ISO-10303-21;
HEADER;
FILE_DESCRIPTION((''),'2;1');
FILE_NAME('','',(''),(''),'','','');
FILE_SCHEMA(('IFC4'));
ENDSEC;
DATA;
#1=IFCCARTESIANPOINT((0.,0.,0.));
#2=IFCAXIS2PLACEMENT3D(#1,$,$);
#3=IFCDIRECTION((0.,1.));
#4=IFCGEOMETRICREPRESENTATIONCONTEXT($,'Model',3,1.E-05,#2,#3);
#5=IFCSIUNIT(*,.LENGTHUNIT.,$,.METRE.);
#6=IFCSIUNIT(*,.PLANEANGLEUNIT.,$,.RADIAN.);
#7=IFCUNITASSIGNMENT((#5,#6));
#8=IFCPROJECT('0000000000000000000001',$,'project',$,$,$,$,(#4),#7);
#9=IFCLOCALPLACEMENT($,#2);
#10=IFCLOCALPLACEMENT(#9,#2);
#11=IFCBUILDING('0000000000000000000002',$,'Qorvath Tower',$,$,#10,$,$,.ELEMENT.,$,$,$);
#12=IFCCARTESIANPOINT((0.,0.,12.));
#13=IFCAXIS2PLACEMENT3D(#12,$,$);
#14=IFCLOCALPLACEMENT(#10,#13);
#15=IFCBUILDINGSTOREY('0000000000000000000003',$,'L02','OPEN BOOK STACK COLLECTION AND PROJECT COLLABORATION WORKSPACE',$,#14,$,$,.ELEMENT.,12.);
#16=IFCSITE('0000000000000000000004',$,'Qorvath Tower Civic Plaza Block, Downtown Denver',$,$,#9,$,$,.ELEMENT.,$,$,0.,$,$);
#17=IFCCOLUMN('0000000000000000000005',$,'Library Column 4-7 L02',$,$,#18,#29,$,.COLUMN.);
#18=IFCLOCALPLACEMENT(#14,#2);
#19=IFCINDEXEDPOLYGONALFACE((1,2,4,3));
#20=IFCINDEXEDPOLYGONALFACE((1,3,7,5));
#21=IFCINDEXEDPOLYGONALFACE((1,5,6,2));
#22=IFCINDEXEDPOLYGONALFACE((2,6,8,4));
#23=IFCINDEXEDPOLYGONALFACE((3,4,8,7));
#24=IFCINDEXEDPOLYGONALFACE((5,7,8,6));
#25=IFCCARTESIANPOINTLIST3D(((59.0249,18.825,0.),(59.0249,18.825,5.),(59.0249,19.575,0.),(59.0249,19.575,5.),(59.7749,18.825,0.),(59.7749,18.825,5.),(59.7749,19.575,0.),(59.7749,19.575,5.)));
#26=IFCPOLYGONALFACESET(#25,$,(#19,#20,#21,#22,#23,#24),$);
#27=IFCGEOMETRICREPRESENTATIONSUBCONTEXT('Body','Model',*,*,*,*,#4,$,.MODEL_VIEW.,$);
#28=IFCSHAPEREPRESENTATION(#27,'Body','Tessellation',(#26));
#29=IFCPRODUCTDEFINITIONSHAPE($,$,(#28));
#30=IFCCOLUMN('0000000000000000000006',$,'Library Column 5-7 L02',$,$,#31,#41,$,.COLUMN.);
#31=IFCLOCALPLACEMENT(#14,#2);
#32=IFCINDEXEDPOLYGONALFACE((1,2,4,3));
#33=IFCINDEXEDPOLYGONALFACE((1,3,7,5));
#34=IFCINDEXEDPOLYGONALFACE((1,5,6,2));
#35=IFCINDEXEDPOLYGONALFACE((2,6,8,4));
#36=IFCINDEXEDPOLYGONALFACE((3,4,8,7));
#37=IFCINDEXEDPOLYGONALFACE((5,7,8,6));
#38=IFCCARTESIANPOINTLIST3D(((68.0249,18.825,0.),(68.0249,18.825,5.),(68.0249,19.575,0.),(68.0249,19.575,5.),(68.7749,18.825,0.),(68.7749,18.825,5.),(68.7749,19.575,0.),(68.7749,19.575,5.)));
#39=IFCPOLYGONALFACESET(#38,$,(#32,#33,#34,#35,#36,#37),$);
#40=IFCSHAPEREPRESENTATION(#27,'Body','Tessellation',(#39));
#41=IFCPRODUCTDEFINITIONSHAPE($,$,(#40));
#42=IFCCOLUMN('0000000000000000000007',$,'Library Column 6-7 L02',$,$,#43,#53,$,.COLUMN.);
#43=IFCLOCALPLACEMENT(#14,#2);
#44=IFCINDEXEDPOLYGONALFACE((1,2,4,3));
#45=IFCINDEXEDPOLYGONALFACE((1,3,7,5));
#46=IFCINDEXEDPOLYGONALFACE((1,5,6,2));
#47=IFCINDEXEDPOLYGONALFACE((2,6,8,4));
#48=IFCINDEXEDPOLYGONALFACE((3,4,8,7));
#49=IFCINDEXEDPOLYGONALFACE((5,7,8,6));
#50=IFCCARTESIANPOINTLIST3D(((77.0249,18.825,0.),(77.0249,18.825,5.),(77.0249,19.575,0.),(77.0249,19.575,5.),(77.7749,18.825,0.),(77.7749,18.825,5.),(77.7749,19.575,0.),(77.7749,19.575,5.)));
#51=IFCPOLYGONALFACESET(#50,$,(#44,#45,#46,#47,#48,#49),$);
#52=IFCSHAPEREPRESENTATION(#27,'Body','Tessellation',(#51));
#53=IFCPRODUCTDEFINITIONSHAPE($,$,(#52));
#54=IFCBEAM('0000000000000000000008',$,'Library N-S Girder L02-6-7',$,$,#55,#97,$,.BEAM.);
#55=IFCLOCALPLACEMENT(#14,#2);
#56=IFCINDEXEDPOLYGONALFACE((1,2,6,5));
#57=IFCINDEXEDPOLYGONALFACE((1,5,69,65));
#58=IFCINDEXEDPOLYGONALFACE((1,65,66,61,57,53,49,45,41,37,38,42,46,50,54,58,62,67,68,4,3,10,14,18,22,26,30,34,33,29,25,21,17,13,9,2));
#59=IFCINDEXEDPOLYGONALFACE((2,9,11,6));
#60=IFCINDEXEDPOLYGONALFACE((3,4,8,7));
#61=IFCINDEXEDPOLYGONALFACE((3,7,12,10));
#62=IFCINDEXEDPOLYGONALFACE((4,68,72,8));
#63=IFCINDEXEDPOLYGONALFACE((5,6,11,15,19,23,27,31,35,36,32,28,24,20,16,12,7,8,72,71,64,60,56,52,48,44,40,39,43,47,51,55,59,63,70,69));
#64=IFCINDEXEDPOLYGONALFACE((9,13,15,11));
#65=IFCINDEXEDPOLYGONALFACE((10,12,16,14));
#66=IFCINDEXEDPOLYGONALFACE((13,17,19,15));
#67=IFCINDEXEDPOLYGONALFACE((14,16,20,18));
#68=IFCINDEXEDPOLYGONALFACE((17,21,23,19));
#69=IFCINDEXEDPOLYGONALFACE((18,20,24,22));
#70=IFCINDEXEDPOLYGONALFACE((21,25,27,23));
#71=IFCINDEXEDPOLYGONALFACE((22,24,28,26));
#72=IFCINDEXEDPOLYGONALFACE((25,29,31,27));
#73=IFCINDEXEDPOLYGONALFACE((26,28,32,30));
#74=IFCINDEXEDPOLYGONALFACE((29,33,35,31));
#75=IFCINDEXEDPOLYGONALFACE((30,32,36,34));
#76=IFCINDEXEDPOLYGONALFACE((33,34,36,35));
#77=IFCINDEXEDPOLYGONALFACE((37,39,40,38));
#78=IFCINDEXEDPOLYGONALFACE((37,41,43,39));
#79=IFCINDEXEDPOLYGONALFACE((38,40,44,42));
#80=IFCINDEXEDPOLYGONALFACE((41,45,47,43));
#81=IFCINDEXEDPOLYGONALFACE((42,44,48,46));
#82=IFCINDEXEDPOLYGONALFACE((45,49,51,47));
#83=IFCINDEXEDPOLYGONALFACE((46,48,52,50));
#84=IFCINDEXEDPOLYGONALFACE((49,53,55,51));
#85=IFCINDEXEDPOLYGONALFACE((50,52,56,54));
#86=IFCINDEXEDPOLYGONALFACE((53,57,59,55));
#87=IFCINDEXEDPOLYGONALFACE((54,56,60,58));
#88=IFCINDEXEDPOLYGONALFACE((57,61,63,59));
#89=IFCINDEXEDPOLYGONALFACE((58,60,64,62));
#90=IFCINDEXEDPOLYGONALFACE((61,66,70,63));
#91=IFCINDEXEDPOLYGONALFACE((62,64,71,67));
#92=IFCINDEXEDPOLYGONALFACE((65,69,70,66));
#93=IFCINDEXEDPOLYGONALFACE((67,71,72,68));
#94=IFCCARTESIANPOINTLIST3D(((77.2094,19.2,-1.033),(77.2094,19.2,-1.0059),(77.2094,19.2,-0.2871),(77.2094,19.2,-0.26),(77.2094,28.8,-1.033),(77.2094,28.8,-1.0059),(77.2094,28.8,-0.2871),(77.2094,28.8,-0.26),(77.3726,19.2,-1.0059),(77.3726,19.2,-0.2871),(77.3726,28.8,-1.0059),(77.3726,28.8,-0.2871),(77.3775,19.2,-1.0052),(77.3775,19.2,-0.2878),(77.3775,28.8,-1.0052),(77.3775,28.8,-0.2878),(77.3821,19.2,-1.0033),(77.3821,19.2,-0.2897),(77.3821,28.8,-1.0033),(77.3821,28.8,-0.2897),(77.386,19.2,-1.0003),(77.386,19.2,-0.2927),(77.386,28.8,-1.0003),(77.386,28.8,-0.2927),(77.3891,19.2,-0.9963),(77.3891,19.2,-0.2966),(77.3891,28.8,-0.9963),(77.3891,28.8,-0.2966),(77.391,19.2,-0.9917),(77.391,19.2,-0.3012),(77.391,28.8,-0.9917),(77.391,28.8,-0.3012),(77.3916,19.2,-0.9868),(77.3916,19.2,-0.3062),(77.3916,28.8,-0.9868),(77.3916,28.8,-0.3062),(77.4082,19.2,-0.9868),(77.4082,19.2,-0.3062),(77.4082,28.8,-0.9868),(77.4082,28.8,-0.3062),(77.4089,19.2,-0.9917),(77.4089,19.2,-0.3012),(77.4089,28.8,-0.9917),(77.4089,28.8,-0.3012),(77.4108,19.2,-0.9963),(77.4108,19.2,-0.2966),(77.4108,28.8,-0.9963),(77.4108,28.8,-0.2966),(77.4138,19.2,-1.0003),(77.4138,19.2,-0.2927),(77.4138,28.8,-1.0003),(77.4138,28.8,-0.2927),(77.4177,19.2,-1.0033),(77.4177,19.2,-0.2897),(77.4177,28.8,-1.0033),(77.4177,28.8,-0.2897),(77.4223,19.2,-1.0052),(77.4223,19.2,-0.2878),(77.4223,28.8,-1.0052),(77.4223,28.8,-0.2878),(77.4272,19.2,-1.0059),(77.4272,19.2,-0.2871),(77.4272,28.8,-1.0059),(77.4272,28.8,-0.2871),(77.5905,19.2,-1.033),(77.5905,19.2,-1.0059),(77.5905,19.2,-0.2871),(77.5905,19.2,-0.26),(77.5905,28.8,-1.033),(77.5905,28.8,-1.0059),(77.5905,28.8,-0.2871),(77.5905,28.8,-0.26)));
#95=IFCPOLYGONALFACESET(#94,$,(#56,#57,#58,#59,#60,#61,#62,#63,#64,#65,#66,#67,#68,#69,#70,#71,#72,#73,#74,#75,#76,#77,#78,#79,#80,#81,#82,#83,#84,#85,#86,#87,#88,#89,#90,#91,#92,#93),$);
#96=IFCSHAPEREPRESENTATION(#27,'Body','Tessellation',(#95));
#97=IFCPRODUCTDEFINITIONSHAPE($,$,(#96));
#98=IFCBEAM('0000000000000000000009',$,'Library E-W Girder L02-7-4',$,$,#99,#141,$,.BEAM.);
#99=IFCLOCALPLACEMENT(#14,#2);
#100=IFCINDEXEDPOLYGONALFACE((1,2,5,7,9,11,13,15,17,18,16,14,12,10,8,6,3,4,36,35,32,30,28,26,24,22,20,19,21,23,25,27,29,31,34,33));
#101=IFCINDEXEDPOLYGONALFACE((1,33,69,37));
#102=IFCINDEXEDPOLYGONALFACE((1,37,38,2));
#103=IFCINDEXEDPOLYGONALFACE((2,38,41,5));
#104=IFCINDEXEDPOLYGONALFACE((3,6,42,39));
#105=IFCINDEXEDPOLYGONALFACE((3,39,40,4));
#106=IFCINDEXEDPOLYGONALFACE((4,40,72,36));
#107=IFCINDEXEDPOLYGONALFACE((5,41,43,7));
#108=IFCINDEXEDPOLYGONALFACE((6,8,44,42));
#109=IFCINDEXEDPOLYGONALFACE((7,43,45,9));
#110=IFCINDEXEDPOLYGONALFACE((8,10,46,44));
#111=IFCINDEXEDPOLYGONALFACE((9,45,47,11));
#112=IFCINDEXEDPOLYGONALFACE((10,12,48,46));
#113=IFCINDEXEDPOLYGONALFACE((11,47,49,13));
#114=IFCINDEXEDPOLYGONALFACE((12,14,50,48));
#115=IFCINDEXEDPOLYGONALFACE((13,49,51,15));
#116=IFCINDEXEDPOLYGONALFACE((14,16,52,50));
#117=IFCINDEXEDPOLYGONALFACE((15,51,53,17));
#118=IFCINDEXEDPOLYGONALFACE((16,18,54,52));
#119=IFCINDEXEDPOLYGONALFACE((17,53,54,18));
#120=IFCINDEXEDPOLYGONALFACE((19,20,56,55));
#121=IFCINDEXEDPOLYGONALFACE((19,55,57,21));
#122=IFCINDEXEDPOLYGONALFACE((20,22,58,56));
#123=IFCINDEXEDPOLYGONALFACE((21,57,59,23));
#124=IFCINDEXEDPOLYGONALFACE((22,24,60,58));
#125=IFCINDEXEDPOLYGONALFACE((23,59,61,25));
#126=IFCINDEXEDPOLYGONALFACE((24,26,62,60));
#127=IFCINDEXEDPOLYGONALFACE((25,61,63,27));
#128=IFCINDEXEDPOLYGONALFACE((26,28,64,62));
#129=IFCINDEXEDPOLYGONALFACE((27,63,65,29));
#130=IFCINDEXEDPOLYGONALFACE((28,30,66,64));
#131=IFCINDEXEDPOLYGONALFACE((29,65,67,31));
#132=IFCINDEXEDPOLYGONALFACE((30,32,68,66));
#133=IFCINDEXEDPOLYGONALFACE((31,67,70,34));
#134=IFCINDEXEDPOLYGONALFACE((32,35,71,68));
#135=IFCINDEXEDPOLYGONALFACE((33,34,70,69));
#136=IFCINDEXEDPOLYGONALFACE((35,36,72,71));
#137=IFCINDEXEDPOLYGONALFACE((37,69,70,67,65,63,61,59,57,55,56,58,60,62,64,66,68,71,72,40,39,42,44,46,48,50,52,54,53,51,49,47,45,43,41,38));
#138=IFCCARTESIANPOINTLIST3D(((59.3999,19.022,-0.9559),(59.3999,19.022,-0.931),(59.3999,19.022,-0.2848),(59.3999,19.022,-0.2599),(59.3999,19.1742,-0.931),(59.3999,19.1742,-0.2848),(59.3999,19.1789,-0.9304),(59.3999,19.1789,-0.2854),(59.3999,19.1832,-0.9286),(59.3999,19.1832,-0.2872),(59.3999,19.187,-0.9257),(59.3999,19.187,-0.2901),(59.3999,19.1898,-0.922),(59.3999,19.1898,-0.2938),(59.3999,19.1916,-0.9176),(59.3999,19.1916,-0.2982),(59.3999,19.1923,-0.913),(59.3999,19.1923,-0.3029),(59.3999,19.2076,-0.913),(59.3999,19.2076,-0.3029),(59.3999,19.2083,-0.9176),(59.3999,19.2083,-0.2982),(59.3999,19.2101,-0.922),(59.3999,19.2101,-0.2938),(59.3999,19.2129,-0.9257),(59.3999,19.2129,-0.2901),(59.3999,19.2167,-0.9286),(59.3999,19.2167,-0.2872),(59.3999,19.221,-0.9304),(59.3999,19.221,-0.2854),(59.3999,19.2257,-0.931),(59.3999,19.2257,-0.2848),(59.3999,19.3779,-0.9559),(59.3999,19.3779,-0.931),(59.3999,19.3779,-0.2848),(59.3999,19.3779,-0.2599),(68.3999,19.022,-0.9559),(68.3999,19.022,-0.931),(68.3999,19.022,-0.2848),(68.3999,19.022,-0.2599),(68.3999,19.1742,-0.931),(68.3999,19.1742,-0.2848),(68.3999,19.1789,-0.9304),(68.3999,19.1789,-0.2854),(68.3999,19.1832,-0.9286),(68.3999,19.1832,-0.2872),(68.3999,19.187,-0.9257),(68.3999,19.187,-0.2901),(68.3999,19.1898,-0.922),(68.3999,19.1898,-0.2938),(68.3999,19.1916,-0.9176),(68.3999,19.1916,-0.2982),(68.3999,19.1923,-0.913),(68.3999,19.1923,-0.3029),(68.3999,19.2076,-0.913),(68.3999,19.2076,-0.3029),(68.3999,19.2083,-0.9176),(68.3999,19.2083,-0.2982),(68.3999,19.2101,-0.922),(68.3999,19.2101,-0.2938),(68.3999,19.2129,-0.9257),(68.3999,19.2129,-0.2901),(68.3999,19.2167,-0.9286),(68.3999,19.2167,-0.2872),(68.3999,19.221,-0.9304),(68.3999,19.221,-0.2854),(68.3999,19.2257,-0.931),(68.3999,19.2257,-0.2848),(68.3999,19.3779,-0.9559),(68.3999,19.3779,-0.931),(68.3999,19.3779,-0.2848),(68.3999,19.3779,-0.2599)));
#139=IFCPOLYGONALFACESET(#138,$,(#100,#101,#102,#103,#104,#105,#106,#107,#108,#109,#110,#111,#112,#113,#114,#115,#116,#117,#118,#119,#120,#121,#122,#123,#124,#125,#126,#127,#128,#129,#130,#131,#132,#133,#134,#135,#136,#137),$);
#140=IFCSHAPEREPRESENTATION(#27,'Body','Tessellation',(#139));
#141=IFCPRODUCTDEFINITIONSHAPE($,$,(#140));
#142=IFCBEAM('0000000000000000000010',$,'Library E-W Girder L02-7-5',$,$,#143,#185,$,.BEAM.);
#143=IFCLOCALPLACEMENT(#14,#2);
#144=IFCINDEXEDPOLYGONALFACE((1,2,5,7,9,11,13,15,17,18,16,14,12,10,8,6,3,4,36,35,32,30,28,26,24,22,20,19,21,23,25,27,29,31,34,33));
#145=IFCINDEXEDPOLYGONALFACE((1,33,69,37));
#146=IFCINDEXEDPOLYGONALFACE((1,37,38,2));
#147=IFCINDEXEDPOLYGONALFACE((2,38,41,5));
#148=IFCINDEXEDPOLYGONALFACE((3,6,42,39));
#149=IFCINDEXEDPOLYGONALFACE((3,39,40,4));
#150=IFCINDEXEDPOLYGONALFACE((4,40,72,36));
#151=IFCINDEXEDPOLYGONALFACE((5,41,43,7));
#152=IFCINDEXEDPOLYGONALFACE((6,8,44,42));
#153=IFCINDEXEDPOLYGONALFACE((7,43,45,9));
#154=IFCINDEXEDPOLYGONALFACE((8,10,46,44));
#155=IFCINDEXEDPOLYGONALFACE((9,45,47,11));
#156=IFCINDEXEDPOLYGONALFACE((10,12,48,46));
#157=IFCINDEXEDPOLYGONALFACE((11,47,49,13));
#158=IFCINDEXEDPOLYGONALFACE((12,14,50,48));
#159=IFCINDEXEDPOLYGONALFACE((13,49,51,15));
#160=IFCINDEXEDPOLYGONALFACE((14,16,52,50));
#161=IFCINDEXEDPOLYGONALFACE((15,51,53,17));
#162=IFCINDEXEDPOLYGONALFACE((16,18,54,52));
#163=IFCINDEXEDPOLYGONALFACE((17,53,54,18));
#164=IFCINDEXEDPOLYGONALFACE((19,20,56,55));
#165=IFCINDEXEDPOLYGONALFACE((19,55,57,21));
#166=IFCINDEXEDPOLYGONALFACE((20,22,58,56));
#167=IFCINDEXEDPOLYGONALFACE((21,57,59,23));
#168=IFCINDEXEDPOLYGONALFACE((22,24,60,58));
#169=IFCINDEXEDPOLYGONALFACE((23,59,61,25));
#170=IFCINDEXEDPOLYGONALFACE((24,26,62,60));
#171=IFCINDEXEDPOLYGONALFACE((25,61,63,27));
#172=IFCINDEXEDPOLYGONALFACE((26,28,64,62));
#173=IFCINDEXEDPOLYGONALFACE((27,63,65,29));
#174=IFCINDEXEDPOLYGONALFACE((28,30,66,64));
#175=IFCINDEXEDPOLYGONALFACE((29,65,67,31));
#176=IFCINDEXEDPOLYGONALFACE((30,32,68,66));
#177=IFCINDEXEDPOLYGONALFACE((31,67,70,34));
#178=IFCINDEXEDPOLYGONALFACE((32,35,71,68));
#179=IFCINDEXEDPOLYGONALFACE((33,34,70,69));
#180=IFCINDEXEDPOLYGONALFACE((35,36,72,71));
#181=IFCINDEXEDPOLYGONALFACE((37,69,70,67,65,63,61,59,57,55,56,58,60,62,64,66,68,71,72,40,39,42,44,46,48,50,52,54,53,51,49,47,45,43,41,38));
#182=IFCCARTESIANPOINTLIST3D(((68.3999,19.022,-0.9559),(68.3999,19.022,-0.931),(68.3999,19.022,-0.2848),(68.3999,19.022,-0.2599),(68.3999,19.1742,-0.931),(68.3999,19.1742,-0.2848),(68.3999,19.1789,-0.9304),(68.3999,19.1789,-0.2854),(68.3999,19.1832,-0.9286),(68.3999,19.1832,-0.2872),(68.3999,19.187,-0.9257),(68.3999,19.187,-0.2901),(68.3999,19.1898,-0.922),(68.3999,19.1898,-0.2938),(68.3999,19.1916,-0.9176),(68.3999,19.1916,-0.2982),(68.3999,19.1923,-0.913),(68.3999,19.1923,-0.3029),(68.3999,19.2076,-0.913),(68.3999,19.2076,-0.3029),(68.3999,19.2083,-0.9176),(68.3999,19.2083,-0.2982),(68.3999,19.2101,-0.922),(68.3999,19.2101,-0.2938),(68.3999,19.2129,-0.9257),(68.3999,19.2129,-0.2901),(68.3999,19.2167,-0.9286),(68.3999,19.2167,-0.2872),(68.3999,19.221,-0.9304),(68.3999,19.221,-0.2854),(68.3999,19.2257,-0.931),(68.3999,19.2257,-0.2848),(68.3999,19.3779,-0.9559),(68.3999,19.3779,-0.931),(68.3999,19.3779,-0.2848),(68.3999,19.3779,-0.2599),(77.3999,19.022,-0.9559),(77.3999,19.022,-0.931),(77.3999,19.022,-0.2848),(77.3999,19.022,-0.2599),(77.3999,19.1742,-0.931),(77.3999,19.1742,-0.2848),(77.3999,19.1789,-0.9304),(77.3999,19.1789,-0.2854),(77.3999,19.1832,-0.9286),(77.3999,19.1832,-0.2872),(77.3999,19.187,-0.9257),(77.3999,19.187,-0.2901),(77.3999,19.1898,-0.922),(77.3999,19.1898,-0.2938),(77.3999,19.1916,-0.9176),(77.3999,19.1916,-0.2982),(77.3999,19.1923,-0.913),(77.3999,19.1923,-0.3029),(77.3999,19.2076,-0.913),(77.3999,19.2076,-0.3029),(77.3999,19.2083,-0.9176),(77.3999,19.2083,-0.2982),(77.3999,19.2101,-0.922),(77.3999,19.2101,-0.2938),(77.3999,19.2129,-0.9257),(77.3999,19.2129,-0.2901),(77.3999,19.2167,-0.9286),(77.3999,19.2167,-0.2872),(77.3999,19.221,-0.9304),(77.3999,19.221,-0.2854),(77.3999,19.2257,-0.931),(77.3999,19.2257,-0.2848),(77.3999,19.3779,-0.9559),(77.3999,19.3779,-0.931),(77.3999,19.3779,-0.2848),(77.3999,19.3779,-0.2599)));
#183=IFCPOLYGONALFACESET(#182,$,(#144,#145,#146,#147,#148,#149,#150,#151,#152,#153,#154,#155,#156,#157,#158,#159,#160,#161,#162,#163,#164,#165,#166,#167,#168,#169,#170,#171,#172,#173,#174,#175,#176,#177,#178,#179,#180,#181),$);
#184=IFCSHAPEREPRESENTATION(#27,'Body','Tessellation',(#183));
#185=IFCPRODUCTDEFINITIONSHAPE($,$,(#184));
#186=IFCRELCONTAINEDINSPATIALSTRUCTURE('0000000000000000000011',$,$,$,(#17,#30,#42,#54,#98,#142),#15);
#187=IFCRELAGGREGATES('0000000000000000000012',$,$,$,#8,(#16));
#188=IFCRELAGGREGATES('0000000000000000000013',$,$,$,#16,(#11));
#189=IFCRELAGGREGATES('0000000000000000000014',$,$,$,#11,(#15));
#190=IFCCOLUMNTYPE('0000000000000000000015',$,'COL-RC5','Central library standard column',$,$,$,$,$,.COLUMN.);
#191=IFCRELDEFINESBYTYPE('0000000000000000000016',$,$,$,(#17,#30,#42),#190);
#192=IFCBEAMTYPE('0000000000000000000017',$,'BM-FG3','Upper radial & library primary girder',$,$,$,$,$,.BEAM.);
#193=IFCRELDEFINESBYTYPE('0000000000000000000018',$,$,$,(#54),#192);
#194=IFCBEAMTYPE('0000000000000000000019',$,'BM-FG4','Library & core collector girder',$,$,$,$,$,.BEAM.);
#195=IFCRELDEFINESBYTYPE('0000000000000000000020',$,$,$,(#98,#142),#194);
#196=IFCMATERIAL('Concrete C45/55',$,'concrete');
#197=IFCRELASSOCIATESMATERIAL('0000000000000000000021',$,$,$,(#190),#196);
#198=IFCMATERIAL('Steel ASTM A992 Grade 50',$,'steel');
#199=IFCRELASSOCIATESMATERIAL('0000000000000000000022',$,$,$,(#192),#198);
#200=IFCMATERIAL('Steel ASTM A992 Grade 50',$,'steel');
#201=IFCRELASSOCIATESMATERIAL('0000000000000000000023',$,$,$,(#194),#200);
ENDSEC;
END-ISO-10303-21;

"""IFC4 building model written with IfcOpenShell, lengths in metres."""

from ifc_helpers import new_model, si_unit, direction, frame, origin, origin_2d, place, context, subcontext, project, spatial, rectangle, i_section, extrude, material, material_profile, profile_set, type_object, element, save


model = new_model("IFC4")

# Units and contexts
model_context = context("Model", 3, precision=1e-05, world=origin(), true_north=direction((0.0, 1.0)))
body_context = subcontext(model_context, "Body", "Model", "MODEL_VIEW")
ifc_project = project(units=[si_unit("LENGTHUNIT", "METRE"), si_unit("PLANEANGLEUNIT", "RADIAN")], contexts=[model_context])

# Site, building, storey
site_placement = place(None, origin())
site = spatial("IfcSite", under=ifc_project, at=site_placement, Name="Qorvath Tower Civic Plaza Block, Downtown Denver", CompositionType="ELEMENT", RefElevation=0.0)
building_placement = place(site_placement, origin())
building = spatial("IfcBuilding", under=site, at=building_placement, Name="Qorvath Tower", CompositionType="ELEMENT")
storey_placement = place(building_placement, frame((0.0, 0.0, 12.0)))
storey = spatial("IfcBuildingStorey", under=building, at=storey_placement, Name="L02", Description="OPEN BOOK STACK COLLECTION AND PROJECT COLLABORATION WORKSPACE", CompositionType="ELEMENT", Elevation=12.0)

# Columns
ifc_material_1 = material(Name="Concrete C45/55", Category="concrete")
ifc_material_profile_1 = material_profile(ifc_material_1, rectangle(XDim=0.75, YDim=0.75, at=origin_2d()), Name="RC 750x750")
ifc_profile_set_1 = profile_set([ifc_material_profile_1], Name="Concrete C45/55")
column_type = type_object("IfcColumnType", Name="COL-RC5", Description="Central library standard column", PredefinedType="COLUMN", material=ifc_profile_set_1)
for number, where, z_axis, x_axis, name in (
    (1, (59.3999, 19.2, 0.0), (0.0, 0.0, 1.0), (1.0, 0.0, 0.0), "Library Column 4-7 L02"),
    (2, (68.3999, 19.2, 0.0), (0.0, 0.0, 1.0), (1.0, 0.0, 0.0), "Library Column 5-7 L02"),
    (3, (77.3999, 19.2, 0.0), (0.0, 0.0, 1.0), (1.0, 0.0, 0.0), "Library Column 6-7 L02"),
):
    element("IfcColumn", number, at=place(storey_placement, frame(where, z_axis=z_axis, x_axis=x_axis)), inside=storey, type_object=column_type, Name=name, PredefinedType="COLUMN", context=body_context, shape_type="SweptSolid", body=[
        extrude(rectangle(XDim=0.75, YDim=0.75, at=origin_2d()), origin(), (0.0, 0.0, 1.0), 5.0),
    ])

# Beams
ifc_material_2 = material(Name="Steel ASTM A992 Grade 50", Category="steel")
ifc_material_profile_2 = material_profile(ifc_material_2, i_section(OverallWidth=0.3811, OverallDepth=0.7729, WebThickness=0.0166, FlangeThickness=0.0271, FilletRadius=0.019, at=origin_2d()), Name="W30x173")
ifc_profile_set_2 = profile_set([ifc_material_profile_2], Name="Steel ASTM A992 Grade 50")
beam_type_1 = type_object("IfcBeamType", Name="BM-FG3", Description="Upper radial & library primary girder", PredefinedType="BEAM", material=ifc_profile_set_2)
beam_1_placement = place(storey_placement, frame((77.3999, 19.2, -0.6465), z_axis=(0.0, 1.0, 0.0), x_axis=(-1.0, 0.0, 0.0)))
element("IfcBeam", 4, at=beam_1_placement, inside=storey, type_object=beam_type_1, Name="Library N-S Girder L02-6-7", PredefinedType="BEAM", context=body_context, shape_type="SweptSolid", body=[
    extrude(i_section(OverallWidth=0.3811, OverallDepth=0.7729, WebThickness=0.0166, FlangeThickness=0.0271, FilletRadius=0.019, at=origin_2d()), origin(), (0.0, 0.0, 1.0), 9.6001),
])
ifc_material_3 = material(Name="Steel ASTM A992 Grade 50", Category="steel")
ifc_material_profile_3 = material_profile(ifc_material_3, i_section(OverallWidth=0.356, OverallDepth=0.696, WebThickness=0.0154, FlangeThickness=0.0249, FilletRadius=0.0181, at=origin_2d()), Name="W27x146")
ifc_profile_set_3 = profile_set([ifc_material_profile_3], Name="Steel ASTM A992 Grade 50")
beam_type_2 = type_object("IfcBeamType", Name="BM-FG4", Description="Library & core collector girder", PredefinedType="BEAM", material=ifc_profile_set_3)
for number, where, z_axis, x_axis, name in (
    (5, (59.3999, 19.2, -0.6079), (1.0, 0.0, 0.0), (0.0, 1.0, 0.0), "Library E-W Girder L02-7-4"),
    (6, (68.3999, 19.2, -0.6079), (1.0, 0.0, 0.0), (0.0, 1.0, 0.0), "Library E-W Girder L02-7-5"),
):
    element("IfcBeam", number, at=place(storey_placement, frame(where, z_axis=z_axis, x_axis=x_axis)), inside=storey, type_object=beam_type_2, Name=name, PredefinedType="BEAM", context=body_context, shape_type="SweptSolid", body=[
        extrude(i_section(OverallWidth=0.356, OverallDepth=0.696, WebThickness=0.0154, FlangeThickness=0.0249, FilletRadius=0.0181, at=origin_2d()), origin(), (0.0, 0.0, 1.0), 9.0),
    ])

save(model, "model.ifc")
